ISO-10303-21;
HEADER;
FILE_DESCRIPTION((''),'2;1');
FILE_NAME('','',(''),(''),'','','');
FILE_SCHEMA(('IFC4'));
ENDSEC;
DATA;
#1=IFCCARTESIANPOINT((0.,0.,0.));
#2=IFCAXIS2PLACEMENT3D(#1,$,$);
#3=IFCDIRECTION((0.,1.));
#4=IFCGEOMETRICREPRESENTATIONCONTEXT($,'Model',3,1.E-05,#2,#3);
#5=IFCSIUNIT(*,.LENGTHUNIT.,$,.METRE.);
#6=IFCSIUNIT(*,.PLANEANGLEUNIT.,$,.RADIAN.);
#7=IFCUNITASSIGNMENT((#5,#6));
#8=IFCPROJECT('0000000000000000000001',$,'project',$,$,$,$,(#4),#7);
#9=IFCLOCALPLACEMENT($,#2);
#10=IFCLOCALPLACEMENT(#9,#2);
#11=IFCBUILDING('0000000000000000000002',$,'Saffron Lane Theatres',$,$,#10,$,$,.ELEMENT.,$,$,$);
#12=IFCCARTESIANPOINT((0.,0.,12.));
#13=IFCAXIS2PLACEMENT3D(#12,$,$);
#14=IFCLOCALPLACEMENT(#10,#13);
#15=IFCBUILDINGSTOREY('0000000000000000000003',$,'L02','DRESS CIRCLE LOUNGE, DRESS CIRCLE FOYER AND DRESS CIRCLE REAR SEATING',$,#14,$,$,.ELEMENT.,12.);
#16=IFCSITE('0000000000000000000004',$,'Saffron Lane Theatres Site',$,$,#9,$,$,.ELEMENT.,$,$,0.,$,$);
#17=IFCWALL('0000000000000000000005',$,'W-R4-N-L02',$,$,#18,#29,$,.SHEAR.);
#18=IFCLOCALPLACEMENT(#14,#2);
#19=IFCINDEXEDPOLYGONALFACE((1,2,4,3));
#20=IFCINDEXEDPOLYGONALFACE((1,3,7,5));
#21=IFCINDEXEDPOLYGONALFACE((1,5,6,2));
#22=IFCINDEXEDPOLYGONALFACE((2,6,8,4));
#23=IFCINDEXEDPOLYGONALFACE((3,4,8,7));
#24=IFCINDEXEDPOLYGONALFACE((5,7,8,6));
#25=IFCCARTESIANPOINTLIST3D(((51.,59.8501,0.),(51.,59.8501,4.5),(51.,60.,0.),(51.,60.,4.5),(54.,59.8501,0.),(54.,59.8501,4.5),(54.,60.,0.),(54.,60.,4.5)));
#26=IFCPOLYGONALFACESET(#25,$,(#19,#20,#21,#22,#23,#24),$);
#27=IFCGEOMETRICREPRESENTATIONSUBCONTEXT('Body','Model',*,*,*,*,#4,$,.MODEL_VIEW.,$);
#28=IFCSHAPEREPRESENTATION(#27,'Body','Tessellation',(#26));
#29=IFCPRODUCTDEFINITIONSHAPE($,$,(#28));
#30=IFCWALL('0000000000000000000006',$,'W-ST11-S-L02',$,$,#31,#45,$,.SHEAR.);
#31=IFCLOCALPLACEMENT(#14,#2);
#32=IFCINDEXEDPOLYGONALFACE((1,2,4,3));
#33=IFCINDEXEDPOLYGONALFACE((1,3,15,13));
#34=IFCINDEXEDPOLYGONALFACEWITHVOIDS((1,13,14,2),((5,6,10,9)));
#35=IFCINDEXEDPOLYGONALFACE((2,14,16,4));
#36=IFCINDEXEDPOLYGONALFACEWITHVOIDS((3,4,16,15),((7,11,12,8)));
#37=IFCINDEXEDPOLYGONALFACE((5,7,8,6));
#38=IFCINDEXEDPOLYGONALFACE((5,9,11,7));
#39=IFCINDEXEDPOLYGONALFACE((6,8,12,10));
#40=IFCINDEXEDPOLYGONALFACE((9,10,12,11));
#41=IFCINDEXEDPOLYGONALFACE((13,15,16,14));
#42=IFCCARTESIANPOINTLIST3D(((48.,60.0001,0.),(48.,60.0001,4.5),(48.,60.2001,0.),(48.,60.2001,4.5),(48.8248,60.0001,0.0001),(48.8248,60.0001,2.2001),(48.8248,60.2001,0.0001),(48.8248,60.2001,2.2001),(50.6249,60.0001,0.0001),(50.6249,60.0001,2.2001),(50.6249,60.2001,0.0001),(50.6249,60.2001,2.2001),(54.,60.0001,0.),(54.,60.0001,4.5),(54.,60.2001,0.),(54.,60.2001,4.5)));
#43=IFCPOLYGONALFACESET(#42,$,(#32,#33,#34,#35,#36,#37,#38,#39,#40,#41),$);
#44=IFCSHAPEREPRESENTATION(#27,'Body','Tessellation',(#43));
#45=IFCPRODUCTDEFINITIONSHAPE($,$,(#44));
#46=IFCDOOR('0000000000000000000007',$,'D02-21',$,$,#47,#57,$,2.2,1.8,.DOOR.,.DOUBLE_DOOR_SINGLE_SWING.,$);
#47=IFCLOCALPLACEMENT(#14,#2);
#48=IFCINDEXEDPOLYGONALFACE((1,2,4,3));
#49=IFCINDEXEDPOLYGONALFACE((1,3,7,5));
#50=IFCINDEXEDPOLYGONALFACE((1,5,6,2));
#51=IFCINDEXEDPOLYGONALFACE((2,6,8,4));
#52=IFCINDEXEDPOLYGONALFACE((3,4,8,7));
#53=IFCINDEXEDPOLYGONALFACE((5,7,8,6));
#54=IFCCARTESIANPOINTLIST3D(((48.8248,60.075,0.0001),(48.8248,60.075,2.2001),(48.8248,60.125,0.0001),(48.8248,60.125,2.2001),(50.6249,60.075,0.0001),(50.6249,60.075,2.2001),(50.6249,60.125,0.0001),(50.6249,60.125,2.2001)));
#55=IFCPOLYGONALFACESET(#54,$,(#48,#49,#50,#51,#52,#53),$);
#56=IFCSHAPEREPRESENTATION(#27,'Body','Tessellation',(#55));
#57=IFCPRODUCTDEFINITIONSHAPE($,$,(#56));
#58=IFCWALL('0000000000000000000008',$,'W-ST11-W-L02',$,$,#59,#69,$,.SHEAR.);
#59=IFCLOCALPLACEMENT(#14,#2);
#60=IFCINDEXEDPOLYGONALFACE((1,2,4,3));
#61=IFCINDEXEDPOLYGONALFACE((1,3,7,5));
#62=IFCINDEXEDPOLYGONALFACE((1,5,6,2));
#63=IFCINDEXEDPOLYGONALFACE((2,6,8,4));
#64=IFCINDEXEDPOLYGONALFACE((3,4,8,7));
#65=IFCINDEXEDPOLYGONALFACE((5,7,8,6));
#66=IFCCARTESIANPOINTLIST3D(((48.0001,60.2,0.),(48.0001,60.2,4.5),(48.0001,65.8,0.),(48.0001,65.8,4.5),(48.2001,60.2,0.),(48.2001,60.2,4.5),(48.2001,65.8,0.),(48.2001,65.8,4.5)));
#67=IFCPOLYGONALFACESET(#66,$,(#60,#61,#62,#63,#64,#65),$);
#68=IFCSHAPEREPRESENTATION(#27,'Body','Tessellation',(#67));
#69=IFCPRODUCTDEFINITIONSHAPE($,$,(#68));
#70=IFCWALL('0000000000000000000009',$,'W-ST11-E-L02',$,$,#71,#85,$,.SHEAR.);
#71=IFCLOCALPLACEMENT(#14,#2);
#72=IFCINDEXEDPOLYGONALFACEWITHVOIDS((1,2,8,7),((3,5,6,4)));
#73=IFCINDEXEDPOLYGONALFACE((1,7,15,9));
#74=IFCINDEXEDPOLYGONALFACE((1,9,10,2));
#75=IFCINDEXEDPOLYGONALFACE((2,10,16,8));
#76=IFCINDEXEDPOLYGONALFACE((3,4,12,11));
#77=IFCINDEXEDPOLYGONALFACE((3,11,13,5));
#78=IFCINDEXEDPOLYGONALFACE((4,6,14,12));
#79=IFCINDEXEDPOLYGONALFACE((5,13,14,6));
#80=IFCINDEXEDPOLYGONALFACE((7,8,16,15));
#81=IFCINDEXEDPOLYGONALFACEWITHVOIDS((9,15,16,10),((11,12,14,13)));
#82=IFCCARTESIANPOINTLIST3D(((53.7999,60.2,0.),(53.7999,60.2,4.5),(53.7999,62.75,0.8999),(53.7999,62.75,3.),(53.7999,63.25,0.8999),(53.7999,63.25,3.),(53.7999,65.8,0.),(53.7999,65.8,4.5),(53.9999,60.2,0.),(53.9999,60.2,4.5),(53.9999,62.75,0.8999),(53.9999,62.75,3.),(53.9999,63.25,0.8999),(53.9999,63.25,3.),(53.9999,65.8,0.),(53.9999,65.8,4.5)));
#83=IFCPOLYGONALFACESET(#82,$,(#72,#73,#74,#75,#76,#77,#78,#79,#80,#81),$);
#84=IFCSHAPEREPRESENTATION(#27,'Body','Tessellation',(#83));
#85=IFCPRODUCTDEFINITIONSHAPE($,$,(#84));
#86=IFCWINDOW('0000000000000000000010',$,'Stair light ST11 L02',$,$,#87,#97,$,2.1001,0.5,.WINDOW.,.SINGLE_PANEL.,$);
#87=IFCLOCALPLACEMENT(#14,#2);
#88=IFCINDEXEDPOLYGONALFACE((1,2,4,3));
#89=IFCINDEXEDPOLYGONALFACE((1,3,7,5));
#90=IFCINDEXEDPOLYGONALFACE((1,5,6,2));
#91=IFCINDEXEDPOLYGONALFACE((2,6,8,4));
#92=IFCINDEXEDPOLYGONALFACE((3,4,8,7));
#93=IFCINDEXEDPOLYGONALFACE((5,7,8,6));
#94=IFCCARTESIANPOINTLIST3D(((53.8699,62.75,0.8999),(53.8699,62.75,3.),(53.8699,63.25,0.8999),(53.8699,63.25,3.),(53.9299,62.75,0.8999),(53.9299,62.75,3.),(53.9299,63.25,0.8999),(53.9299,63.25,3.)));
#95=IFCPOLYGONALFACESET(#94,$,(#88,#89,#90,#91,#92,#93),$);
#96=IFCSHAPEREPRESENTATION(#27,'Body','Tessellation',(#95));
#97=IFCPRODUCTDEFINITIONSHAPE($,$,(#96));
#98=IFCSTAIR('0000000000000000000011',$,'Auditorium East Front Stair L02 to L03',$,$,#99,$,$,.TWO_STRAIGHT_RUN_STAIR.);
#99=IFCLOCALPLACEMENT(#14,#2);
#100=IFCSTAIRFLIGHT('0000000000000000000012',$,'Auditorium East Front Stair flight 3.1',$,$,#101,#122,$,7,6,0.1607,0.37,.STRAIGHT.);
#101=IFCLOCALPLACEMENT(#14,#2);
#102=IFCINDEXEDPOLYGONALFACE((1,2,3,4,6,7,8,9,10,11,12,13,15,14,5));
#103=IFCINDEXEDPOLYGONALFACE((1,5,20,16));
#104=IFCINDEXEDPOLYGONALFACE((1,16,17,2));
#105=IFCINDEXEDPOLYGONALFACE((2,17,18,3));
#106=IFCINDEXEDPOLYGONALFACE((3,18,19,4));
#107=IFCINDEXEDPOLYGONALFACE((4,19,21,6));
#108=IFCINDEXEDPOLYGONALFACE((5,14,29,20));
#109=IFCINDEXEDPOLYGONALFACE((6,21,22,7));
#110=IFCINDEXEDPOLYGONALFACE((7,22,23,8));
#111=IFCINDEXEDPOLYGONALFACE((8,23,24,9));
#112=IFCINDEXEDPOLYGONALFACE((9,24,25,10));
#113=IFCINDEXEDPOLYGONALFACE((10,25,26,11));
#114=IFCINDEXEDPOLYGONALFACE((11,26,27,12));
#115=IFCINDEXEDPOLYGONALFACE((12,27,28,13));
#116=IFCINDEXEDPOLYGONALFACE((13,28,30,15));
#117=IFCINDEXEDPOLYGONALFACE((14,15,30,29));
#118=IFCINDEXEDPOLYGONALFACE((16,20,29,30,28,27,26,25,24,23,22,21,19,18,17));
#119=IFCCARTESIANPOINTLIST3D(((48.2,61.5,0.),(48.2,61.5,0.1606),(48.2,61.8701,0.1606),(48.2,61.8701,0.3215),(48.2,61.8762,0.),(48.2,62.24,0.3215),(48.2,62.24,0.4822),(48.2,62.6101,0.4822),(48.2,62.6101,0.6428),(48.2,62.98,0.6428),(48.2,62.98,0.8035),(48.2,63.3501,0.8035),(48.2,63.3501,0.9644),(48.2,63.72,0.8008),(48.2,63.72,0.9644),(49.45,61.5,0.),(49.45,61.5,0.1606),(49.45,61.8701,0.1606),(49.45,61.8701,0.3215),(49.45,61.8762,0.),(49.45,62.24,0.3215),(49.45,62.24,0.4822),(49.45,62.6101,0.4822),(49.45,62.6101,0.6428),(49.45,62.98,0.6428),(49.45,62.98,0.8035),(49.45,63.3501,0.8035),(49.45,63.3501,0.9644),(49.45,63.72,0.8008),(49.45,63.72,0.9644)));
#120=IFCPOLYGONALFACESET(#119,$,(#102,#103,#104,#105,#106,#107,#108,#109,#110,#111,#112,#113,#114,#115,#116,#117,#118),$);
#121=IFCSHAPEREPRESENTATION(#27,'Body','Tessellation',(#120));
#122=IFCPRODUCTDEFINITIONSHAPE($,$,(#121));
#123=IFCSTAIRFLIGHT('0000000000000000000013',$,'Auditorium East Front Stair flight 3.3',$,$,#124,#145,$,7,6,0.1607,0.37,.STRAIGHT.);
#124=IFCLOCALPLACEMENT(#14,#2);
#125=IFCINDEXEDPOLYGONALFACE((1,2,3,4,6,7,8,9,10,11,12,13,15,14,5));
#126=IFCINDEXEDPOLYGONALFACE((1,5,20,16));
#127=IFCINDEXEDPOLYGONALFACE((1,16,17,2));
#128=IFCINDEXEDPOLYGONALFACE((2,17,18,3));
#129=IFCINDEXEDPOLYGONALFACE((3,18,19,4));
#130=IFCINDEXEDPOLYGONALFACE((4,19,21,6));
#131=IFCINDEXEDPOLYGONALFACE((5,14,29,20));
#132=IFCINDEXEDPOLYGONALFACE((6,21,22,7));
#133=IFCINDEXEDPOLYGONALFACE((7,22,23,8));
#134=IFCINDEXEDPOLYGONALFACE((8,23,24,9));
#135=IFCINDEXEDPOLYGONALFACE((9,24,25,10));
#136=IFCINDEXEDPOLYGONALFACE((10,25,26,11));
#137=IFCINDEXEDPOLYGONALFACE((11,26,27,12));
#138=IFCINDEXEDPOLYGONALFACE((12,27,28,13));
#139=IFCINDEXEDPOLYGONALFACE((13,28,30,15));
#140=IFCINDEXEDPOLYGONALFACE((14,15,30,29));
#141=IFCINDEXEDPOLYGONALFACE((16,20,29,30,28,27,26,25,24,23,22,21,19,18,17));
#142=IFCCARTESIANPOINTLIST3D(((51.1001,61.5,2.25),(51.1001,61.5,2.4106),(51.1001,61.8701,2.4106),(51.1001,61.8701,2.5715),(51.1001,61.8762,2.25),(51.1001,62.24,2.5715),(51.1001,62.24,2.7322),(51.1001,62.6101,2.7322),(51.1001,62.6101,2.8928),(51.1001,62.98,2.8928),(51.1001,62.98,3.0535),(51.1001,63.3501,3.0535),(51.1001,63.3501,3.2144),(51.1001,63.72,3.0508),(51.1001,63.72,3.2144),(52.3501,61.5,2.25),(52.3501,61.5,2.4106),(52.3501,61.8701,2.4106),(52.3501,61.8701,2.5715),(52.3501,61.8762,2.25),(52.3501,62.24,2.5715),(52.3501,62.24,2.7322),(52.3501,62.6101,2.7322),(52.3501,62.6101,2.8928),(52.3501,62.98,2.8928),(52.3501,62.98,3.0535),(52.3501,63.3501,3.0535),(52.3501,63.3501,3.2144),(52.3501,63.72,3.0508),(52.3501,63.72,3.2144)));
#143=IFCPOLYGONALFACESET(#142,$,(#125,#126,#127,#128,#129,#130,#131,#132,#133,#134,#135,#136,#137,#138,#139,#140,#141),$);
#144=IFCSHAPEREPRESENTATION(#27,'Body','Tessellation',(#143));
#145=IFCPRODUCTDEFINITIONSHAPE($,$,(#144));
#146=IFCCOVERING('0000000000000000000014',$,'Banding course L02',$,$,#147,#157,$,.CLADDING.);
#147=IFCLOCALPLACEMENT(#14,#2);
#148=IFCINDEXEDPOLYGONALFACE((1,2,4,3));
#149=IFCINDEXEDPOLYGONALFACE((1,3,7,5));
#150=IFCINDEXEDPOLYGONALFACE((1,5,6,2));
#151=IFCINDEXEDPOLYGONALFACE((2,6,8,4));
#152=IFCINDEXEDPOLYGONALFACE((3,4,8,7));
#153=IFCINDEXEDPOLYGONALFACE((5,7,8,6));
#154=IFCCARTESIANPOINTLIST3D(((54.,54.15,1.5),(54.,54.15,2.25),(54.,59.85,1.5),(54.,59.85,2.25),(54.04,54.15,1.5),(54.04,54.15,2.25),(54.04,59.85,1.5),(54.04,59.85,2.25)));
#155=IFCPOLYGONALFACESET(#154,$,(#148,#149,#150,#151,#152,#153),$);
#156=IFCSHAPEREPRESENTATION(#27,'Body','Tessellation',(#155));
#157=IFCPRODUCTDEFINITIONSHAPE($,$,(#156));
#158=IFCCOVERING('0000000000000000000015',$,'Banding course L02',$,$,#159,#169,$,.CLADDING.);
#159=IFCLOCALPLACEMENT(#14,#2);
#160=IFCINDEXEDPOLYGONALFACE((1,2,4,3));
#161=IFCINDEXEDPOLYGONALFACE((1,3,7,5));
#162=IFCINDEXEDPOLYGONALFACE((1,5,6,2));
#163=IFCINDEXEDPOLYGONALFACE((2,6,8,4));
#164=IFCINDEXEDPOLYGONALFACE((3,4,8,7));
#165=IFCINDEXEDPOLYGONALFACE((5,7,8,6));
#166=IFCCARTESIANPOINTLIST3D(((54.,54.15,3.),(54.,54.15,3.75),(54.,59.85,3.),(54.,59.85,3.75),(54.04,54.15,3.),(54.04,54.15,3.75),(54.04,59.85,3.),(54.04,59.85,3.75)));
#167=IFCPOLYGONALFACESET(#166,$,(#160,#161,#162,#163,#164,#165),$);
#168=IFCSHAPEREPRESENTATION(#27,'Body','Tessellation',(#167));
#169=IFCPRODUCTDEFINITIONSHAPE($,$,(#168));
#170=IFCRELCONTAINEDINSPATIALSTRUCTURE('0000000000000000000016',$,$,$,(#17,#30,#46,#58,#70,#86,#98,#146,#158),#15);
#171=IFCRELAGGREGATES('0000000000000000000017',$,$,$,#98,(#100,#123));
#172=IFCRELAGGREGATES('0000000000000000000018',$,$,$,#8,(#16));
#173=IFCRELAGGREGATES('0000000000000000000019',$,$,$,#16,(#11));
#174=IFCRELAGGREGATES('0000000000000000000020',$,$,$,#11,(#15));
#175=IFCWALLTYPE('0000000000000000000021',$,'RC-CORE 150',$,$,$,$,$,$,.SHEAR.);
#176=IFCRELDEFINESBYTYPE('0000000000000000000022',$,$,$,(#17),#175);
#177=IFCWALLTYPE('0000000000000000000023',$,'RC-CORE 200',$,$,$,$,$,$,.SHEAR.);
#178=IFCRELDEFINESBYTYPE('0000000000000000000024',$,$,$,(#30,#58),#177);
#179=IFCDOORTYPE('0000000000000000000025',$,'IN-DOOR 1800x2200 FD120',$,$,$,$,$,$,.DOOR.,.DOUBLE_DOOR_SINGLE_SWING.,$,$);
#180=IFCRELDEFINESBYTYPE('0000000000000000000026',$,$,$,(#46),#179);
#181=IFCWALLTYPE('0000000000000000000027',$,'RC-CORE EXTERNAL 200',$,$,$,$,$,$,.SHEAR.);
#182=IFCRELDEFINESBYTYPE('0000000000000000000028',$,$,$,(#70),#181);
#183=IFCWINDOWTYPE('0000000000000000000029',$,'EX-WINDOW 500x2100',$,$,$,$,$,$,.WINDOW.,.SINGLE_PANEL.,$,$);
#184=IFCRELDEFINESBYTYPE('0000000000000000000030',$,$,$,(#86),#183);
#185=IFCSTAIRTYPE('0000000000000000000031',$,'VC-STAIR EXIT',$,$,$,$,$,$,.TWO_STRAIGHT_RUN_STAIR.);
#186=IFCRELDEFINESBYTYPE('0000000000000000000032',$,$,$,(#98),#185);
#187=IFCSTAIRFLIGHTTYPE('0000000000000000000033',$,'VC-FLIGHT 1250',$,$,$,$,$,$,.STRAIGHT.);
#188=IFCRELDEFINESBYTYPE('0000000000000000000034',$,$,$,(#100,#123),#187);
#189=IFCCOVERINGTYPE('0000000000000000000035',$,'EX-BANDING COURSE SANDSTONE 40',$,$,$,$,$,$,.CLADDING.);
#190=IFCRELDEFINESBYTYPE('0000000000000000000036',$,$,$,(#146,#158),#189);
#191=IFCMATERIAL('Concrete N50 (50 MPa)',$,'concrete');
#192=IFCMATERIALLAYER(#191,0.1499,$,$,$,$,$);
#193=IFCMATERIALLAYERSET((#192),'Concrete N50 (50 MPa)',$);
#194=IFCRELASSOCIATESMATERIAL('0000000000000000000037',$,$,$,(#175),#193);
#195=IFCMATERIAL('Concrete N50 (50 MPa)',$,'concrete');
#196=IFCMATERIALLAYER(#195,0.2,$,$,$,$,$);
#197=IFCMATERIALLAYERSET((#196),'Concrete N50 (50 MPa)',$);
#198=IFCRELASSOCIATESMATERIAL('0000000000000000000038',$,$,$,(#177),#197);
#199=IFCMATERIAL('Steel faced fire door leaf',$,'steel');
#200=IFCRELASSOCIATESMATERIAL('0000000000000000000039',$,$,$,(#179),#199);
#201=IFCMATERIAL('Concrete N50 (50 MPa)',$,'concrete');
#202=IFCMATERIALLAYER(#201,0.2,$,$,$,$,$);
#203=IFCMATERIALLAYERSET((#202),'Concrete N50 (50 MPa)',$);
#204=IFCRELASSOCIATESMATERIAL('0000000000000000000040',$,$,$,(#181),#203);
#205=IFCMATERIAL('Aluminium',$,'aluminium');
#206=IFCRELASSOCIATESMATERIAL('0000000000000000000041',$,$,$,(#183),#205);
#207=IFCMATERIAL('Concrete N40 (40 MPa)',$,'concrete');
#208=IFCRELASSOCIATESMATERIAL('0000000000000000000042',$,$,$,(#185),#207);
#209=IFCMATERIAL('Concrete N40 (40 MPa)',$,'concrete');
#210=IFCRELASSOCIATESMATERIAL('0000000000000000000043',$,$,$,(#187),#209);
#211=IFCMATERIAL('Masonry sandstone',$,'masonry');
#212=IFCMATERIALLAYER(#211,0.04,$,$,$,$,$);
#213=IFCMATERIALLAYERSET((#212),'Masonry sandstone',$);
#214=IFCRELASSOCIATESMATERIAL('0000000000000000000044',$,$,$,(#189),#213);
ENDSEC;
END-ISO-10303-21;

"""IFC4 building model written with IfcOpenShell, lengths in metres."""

from ifc_helpers import new_model, si_unit, direction, frame, frame_2d, origin, origin_2d, place, context, subcontext, project, spatial, polyline, rectangle, outline, extrude, material, layer, layer_set, type_object, element, fill, aggregate, save


model = new_model("IFC4")

# Units and contexts
model_context = context("Model", 3, precision=1e-05, world=origin(), true_north=direction((0.0, 1.0)))
body_context = subcontext(model_context, "Body", "Model", "MODEL_VIEW")
ifc_project = project(units=[si_unit("LENGTHUNIT", "METRE"), si_unit("PLANEANGLEUNIT", "RADIAN")], contexts=[model_context])

# Site, building, storey
site_placement = place(None, origin())
site = spatial("IfcSite", under=ifc_project, at=site_placement, Name="Saffron Lane Theatres Site", CompositionType="ELEMENT", RefElevation=0.0)
building_placement = place(site_placement, origin())
building = spatial("IfcBuilding", under=site, at=building_placement, Name="Saffron Lane Theatres", CompositionType="ELEMENT")
storey_placement = place(building_placement, frame((0.0, 0.0, 12.0)))
storey = spatial("IfcBuildingStorey", under=building, at=storey_placement, Name="L02", Description="DRESS CIRCLE LOUNGE, DRESS CIRCLE FOYER AND DRESS CIRCLE REAR SEATING", CompositionType="ELEMENT", Elevation=12.0)

# Wall
ifc_material_1 = material(Name="Concrete N50 (50 MPa)", Category="concrete")
ifc_layer_1 = layer(ifc_material_1, 0.1499)
ifc_layer_set_1 = layer_set([ifc_layer_1], Name="Concrete N50 (50 MPa)")
wall_type_1 = type_object("IfcWallType", Name="RC-CORE 150", PredefinedType="SHEAR", material=ifc_layer_set_1)
wall_1_placement = place(storey_placement, frame((51.0, 59.925, 0.0), z_axis=(0.0, 0.0, 1.0), x_axis=(1.0, 0.0, 0.0)))
element("IfcWall", 1, at=wall_1_placement, inside=storey, type_object=wall_type_1, Name="W-R4-N-L02", PredefinedType="SHEAR", context=body_context, shape_type="SweptSolid", body=[
    extrude(rectangle(XDim=3.0, YDim=0.1499, at=frame_2d((1.5, 0.0))), origin(), (0.0, 0.0, 1.0), 4.5),
])

# Wall, opening, door
ifc_material_2 = material(Name="Concrete N50 (50 MPa)", Category="concrete")
ifc_layer_2 = layer(ifc_material_2, 0.2)
ifc_layer_set_2 = layer_set([ifc_layer_2], Name="Concrete N50 (50 MPa)")
wall_type_2 = type_object("IfcWallType", Name="RC-CORE 200", PredefinedType="SHEAR", material=ifc_layer_set_2)
wall_2_placement = place(storey_placement, frame((48.0, 60.1001, 0.0), z_axis=(0.0, 0.0, 1.0), x_axis=(1.0, 0.0, 0.0)))
wall_2 = element("IfcWall", 2, at=wall_2_placement, inside=storey, type_object=wall_type_2, Name="W-ST11-S-L02", PredefinedType="SHEAR", context=body_context, shape_type="SweptSolid", body=[
    extrude(rectangle(XDim=6.0, YDim=0.2, at=frame_2d((3.0, 0.0))), origin(), (0.0, 0.0, 1.0), 4.5),
])
opening_1_placement = place(wall_2_placement, frame((0.825, 0.0, 0.0)))
opening_1 = element("IfcOpeningElement", 3, at=opening_1_placement, cuts=wall_2, PredefinedType="OPENING", context=body_context, shape_type="SweptSolid", body=[
    extrude(rectangle(XDim=1.8, YDim=2.2, at=frame_2d((0.8999, 1.1001))), frame((0.0, 0.1099, 0.0), z_axis=(0.0, -1.0, 0.0), x_axis=(1.0, 0.0, 0.0)), (0.0, 0.0, 1.0), 0.22),
])
ifc_material_3 = material(Name="Steel faced fire door leaf", Category="steel")
door_type = type_object("IfcDoorType", Name="IN-DOOR 1800x2200 FD120", OperationType="DOUBLE_DOOR_SINGLE_SWING", PredefinedType="DOOR", material=ifc_material_3)
door_placement = place(opening_1_placement, origin())
door = element("IfcDoor", 4, at=door_placement, inside=storey, type_object=door_type, Name="D02-21", OperationType="DOUBLE_DOOR_SINGLE_SWING", OverallHeight=2.2, OverallWidth=1.8, PredefinedType="DOOR", context=body_context, shape_type="SweptSolid", body=[
    extrude(rectangle(XDim=1.8, YDim=2.2, at=frame_2d((0.8999, 1.1001))), frame((0.0, 0.0249, 0.0), z_axis=(0.0, -1.0, 0.0), x_axis=(1.0, 0.0, 0.0)), (0.0, 0.0, 1.0), 0.05),
])
fill(opening_1, door)

# Wall
wall_3_placement = place(storey_placement, frame((48.1001, 60.2, 0.0), z_axis=(0.0, 0.0, 1.0), x_axis=(0.0, 1.0, 0.0)))
element("IfcWall", 5, at=wall_3_placement, inside=storey, type_object=wall_type_2, Name="W-ST11-W-L02", PredefinedType="SHEAR", context=body_context, shape_type="SweptSolid", body=[
    extrude(rectangle(XDim=5.6001, YDim=0.2, at=frame_2d((2.8, 0.0))), origin(), (0.0, 0.0, 1.0), 4.5),
])

# Wall, opening, window
ifc_material_4 = material(Name="Concrete N50 (50 MPa)", Category="concrete")
ifc_layer_3 = layer(ifc_material_4, 0.2)
ifc_layer_set_3 = layer_set([ifc_layer_3], Name="Concrete N50 (50 MPa)")
wall_type_3 = type_object("IfcWallType", Name="RC-CORE EXTERNAL 200", PredefinedType="SHEAR", material=ifc_layer_set_3)
wall_4_placement = place(storey_placement, frame((53.8999, 60.2, 0.0), z_axis=(0.0, 0.0, 1.0), x_axis=(0.0, 1.0, 0.0)))
wall_4 = element("IfcWall", 6, at=wall_4_placement, inside=storey, type_object=wall_type_3, Name="W-ST11-E-L02", PredefinedType="SHEAR", context=body_context, shape_type="SweptSolid", body=[
    extrude(rectangle(XDim=5.6001, YDim=0.2, at=frame_2d((2.8, 0.0))), origin(), (0.0, 0.0, 1.0), 4.5),
])
opening_2_placement = place(wall_4_placement, frame((2.55, 0.0, 0.8999)))
opening_2 = element("IfcOpeningElement", 7, at=opening_2_placement, cuts=wall_4, PredefinedType="OPENING", context=body_context, shape_type="SweptSolid", body=[
    extrude(rectangle(XDim=0.5, YDim=2.1001, at=frame_2d((0.25, 1.05))), frame((0.0, 0.1099, 0.0), z_axis=(0.0, -1.0, 0.0), x_axis=(1.0, 0.0, 0.0)), (0.0, 0.0, 1.0), 0.22),
])
ifc_material_5 = material(Name="Aluminium", Category="aluminium")
window_type = type_object("IfcWindowType", Name="EX-WINDOW 500x2100", PartitioningType="SINGLE_PANEL", PredefinedType="WINDOW", material=ifc_material_5)
window_placement = place(opening_2_placement, origin())
window = element("IfcWindow", 8, at=window_placement, inside=storey, type_object=window_type, Name="Stair light ST11 L02", OverallHeight=2.1001, OverallWidth=0.5, PartitioningType="SINGLE_PANEL", PredefinedType="WINDOW", context=body_context, shape_type="SweptSolid", body=[
    extrude(rectangle(XDim=0.5, YDim=2.1001, at=frame_2d((0.25, 1.05))), frame((0.0, 0.03, 0.0), z_axis=(0.0, -1.0, 0.0), x_axis=(1.0, 0.0, 0.0)), (0.0, 0.0, 1.0), 0.0601),
])
fill(opening_2, window)

# Stair, stair flights
ifc_material_6 = material(Name="Concrete N40 (40 MPa)", Category="concrete")
stair_type = type_object("IfcStairType", Name="VC-STAIR EXIT", PredefinedType="TWO_STRAIGHT_RUN_STAIR", material=ifc_material_6)
stair_placement = place(storey_placement, origin())
stair = element("IfcStair", 9, at=stair_placement, inside=storey, type_object=stair_type, Name="Auditorium East Front Stair L02 to L03", PredefinedType="TWO_STRAIGHT_RUN_STAIR")
ifc_material_7 = material(Name="Concrete N40 (40 MPa)", Category="concrete")
stair_flight_type = type_object("IfcStairFlightType", Name="VC-FLIGHT 1250", PredefinedType="STRAIGHT", material=ifc_material_7)
stair_flight_1_placement = place(storey_placement, frame((48.825, 61.5, 0.0), z_axis=(0.0, 0.0, 1.0), x_axis=(0.0, 1.0, 0.0)))
stair_flight_1 = element("IfcStairFlight", 10, at=stair_flight_1_placement, type_object=stair_flight_type, Name="Auditorium East Front Stair flight 3.1", NumberOfRisers=7, NumberOfTreads=6, PredefinedType="STRAIGHT", RiserHeight=0.1607, TreadLength=0.37, context=body_context, shape_type="SweptSolid", body=[
    extrude(outline(polyline([(0.0, 0.0), (0.0, 0.1606), (0.3701, 0.1606), (0.3701, 0.3215), (0.74, 0.3215), (0.74, 0.4822), (1.1101, 0.4822), (1.1101, 0.6428), (1.48, 0.6428), (1.48, 0.8035), (1.8501, 0.8035), (1.8501, 0.9644), (2.22, 0.9644), (2.22, 1.125), (2.22, 0.8008), (0.3762, 0.0), (0.0, 0.0)])), frame((0.0, 0.625, 0.0), z_axis=(0.0, -1.0, 0.0), x_axis=(1.0, 0.0, 0.0)), (0.0, 0.0, 1.0), 1.25),
])
stair_flight_2_placement = place(storey_placement, frame((51.7251, 61.5, 2.25), z_axis=(0.0, 0.0, 1.0), x_axis=(0.0, 1.0, 0.0)))
stair_flight_2 = element("IfcStairFlight", 11, at=stair_flight_2_placement, type_object=stair_flight_type, Name="Auditorium East Front Stair flight 3.3", NumberOfRisers=7, NumberOfTreads=6, PredefinedType="STRAIGHT", RiserHeight=0.1607, TreadLength=0.37, context=body_context, shape_type="SweptSolid", body=[
    extrude(outline(polyline([(0.0, 0.0), (0.0, 0.1606), (0.3701, 0.1606), (0.3701, 0.3215), (0.74, 0.3215), (0.74, 0.4822), (1.1101, 0.4822), (1.1101, 0.6428), (1.48, 0.6428), (1.48, 0.8035), (1.8501, 0.8035), (1.8501, 0.9644), (2.22, 0.9644), (2.22, 1.125), (2.22, 0.8008), (0.3762, 0.0), (0.0, 0.0)])), frame((0.0, 0.625, 0.0), z_axis=(0.0, -1.0, 0.0), x_axis=(1.0, 0.0, 0.0)), (0.0, 0.0, 1.0), 1.25),
])
aggregate(stair, [stair_flight_1, stair_flight_2])

# Coverings
ifc_material_8 = material(Name="Masonry sandstone", Category="masonry")
ifc_layer_4 = layer(ifc_material_8, 0.04)
ifc_layer_set_4 = layer_set([ifc_layer_4], Name="Masonry sandstone")
covering_type_1 = type_object("IfcCoveringType", Name="EX-BANDING COURSE SANDSTONE 40", PredefinedType="CLADDING", material=ifc_layer_set_4)
for number, where, z_axis, x_axis, name in (
    (12, (54.02, 57.0, 1.5), (0.0, 0.0, 1.0), (0.0, 1.0, 0.0), "Banding course L02"),
    (13, (54.02, 57.0, 3.0), (0.0, 0.0, 1.0), (0.0, 1.0, 0.0), "Banding course L02"),
):
    element("IfcCovering", number, at=place(storey_placement, frame(where, z_axis=z_axis, x_axis=x_axis)), inside=storey, type_object=covering_type_1, Name=name, PredefinedType="CLADDING", context=body_context, shape_type="SweptSolid", body=[
        extrude(rectangle(XDim=5.7, YDim=0.04, at=origin_2d()), origin(), (0.0, 0.0, 1.0), 0.75),
    ])

save(model, "model.ifc")
